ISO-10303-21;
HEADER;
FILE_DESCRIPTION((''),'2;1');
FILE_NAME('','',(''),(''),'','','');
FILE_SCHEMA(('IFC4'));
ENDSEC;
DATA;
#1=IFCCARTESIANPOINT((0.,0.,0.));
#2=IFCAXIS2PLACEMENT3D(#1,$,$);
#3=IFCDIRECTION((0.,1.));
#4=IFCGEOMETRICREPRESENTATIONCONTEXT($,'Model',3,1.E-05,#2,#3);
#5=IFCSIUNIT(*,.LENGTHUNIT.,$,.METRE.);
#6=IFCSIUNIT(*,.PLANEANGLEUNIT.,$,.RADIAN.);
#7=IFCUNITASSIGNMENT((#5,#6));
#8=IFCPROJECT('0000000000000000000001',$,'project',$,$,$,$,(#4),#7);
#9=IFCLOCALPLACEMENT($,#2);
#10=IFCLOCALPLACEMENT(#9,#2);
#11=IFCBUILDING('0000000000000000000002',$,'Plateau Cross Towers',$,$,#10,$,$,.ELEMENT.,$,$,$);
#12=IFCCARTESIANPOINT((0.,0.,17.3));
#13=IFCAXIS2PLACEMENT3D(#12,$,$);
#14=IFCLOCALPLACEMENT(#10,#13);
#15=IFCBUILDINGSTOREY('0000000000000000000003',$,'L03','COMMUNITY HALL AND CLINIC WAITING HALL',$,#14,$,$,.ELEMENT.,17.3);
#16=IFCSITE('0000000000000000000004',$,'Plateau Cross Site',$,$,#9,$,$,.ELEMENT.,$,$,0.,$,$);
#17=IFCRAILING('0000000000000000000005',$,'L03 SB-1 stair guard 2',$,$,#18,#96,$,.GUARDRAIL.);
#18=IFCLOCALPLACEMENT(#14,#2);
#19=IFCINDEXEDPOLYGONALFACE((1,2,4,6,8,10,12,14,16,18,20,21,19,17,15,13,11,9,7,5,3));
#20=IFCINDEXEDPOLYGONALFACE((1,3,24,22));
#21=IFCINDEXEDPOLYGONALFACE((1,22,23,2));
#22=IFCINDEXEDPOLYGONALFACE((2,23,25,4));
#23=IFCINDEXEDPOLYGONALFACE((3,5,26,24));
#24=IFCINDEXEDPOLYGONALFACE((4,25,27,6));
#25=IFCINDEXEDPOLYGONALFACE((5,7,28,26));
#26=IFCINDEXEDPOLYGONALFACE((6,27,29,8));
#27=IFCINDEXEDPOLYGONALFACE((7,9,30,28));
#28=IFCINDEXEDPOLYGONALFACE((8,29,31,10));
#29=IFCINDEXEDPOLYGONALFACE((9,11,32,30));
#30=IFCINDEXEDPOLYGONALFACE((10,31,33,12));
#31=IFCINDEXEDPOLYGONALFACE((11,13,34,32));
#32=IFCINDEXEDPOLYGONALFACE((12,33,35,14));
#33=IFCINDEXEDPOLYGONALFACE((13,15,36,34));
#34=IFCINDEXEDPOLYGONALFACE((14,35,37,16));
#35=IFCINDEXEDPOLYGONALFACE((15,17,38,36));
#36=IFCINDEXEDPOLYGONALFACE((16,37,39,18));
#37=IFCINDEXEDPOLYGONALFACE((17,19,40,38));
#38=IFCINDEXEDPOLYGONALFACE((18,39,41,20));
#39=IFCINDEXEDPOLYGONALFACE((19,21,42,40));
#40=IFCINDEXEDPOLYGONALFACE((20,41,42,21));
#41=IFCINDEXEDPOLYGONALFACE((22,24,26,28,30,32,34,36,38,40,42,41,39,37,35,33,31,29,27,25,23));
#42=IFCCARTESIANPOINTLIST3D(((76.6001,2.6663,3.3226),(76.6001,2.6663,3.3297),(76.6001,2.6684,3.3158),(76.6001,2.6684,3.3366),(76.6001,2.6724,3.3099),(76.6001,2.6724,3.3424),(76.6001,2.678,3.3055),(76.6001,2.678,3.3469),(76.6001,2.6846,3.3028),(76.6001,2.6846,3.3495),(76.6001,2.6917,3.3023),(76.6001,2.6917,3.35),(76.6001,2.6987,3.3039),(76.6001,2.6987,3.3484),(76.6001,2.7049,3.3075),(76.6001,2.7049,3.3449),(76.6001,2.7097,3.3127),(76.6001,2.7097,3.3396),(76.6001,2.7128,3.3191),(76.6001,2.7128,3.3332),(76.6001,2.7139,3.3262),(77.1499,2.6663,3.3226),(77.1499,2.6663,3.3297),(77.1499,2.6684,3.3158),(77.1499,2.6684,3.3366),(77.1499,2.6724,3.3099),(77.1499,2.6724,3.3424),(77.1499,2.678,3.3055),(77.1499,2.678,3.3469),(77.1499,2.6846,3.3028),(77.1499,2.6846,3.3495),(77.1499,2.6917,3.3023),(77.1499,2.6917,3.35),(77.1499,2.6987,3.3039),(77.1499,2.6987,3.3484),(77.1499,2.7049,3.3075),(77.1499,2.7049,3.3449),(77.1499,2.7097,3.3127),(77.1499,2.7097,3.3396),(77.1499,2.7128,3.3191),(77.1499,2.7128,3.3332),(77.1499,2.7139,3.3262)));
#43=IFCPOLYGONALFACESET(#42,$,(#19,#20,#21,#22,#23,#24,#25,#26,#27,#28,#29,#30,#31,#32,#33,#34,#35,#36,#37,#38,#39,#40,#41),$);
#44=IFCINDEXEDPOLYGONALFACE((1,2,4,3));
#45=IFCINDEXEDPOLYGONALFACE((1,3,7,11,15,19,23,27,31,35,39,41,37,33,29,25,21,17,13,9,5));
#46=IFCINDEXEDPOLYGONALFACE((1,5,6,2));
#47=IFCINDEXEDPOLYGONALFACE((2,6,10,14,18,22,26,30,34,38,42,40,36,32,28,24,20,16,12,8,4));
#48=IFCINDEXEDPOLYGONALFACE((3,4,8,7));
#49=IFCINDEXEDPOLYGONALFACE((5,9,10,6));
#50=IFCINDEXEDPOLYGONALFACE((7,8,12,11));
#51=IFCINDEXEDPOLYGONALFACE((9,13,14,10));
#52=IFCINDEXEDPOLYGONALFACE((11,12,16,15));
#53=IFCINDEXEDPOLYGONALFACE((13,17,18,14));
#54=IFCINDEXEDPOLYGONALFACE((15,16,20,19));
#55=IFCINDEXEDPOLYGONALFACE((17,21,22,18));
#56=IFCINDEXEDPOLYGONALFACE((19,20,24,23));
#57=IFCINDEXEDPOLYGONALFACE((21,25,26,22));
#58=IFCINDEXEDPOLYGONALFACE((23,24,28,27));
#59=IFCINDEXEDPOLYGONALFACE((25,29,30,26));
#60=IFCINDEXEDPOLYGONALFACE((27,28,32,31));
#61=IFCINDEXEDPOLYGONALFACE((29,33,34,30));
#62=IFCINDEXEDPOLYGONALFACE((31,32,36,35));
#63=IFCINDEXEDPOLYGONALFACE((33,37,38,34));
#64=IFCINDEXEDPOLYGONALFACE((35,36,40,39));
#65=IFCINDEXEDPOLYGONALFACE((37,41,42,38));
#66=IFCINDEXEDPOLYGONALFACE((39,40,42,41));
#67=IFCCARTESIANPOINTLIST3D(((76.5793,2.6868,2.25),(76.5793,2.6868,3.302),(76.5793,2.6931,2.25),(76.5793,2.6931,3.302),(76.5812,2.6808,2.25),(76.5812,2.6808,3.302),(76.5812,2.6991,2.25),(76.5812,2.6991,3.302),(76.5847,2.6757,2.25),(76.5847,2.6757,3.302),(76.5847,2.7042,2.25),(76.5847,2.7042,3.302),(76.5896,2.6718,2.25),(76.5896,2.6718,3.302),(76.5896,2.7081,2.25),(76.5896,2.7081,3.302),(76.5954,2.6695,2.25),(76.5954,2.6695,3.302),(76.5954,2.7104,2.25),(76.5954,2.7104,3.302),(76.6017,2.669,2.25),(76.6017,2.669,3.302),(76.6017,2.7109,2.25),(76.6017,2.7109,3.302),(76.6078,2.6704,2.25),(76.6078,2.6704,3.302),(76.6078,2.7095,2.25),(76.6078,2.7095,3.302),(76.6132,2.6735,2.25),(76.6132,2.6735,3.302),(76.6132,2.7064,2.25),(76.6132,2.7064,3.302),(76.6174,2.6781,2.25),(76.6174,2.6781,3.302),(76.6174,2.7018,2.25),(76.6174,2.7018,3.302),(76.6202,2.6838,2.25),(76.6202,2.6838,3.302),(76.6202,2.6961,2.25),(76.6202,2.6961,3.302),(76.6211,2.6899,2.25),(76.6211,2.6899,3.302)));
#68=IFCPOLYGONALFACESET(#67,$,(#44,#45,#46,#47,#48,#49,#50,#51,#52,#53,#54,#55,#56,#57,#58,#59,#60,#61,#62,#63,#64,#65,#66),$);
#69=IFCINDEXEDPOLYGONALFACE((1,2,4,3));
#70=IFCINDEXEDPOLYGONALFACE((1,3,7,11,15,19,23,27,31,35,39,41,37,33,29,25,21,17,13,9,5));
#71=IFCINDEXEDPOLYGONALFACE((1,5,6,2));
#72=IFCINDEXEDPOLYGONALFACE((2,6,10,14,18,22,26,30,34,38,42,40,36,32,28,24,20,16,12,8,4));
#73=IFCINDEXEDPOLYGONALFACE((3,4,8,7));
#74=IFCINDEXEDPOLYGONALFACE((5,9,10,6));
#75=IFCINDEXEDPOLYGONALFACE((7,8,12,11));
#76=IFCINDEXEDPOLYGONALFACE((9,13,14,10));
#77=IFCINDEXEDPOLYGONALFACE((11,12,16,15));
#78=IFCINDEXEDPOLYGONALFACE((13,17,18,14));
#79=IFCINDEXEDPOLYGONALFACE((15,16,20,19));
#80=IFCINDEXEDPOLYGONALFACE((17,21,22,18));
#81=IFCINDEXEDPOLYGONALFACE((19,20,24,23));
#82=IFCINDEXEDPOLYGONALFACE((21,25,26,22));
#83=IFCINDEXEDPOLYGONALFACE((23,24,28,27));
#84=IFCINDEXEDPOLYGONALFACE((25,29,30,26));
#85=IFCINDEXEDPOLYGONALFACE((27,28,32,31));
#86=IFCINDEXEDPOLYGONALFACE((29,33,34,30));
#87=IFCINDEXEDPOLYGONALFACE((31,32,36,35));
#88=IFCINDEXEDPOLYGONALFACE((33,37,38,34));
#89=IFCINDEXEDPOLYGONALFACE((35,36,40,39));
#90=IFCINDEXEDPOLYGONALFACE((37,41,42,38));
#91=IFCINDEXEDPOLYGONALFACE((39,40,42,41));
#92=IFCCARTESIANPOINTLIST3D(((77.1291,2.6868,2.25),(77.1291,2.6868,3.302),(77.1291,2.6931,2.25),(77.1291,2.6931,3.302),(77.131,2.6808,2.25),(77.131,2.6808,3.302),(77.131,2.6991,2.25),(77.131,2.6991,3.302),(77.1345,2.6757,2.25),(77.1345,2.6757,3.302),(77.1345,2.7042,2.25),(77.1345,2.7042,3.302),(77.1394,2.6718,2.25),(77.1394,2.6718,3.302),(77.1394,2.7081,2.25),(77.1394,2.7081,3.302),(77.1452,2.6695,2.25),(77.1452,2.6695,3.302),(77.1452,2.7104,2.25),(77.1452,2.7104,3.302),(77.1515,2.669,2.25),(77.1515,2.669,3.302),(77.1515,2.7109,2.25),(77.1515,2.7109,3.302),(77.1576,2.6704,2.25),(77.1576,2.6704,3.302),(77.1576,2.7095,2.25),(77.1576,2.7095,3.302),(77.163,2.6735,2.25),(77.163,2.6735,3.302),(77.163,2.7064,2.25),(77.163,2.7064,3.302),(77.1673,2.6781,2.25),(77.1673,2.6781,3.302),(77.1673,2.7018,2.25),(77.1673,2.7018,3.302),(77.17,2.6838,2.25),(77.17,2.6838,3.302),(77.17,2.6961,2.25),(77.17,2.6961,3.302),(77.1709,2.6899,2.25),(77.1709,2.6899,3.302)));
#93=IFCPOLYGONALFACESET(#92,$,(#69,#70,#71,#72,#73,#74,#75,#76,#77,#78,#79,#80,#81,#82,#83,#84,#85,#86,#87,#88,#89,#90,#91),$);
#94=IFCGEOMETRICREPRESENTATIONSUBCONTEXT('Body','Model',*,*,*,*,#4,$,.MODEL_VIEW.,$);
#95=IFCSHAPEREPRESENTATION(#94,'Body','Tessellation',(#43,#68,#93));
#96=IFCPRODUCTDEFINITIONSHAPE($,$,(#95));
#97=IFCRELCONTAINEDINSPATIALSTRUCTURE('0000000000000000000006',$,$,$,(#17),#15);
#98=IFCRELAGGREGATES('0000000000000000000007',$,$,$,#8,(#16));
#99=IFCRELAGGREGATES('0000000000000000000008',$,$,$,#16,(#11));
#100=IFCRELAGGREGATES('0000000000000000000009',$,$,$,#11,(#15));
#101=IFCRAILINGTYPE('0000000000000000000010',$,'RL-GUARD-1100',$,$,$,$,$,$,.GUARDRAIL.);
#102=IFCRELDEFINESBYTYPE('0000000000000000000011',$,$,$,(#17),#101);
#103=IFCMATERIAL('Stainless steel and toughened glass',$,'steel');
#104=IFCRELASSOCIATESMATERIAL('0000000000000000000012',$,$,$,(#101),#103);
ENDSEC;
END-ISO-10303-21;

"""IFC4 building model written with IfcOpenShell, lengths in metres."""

from ifc_helpers import new_model, si_unit, direction, frame, origin, origin_2d, place, context, subcontext, project, spatial, circle, extrude, material, type_object, element, save


model = new_model("IFC4")

# Units and contexts
model_context = context("Model", 3, precision=1e-05, world=origin(), true_north=direction((0.0, 1.0)))
body_context = subcontext(model_context, "Body", "Model", "MODEL_VIEW")
ifc_project = project(units=[si_unit("LENGTHUNIT", "METRE"), si_unit("PLANEANGLEUNIT", "RADIAN")], contexts=[model_context])

# Site, building, storey
site_placement = place(None, origin())
site = spatial("IfcSite", under=ifc_project, at=site_placement, Name="Plateau Cross Site", CompositionType="ELEMENT", RefElevation=0.0)
building_placement = place(site_placement, origin())
building = spatial("IfcBuilding", under=site, at=building_placement, Name="Plateau Cross Towers", CompositionType="ELEMENT")
storey_placement = place(building_placement, frame((0.0, 0.0, 17.3)))
storey = spatial("IfcBuildingStorey", under=building, at=storey_placement, Name="L03", Description="COMMUNITY HALL AND CLINIC WAITING HALL", CompositionType="ELEMENT", Elevation=17.3)

# Railing
ifc_material_1 = material(Name="Stainless steel and toughened glass", Category="steel")
railing_type_1 = type_object("IfcRailingType", Name="RL-GUARD-1100", PredefinedType="GUARDRAIL", material=ifc_material_1)
railing_1_placement = place(storey_placement, frame((76.6001, 2.6899, 2.25)))
element("IfcRailing", 1, at=railing_1_placement, inside=storey, type_object=railing_type_1, Name="L03 SB-1 stair guard 2", PredefinedType="GUARDRAIL", context=body_context, shape_type="SweptSolid", body=[
    extrude(circle(Radius=0.0239, at=origin_2d()), frame((0.0, 0.0, 1.0762), z_axis=(1.0, 0.0, 0.0), x_axis=(0.0, 1.0, 0.0)), (0.0, 0.0, 1.0), 0.5498),
    extrude(circle(Radius=0.021, at=origin_2d()), origin(), (0.0, 0.0, 1.0), 1.052),
    extrude(circle(Radius=0.021, at=origin_2d()), frame((0.5498, 0.0, 0.0)), (0.0, 0.0, 1.0), 1.052),
])

save(model, "model.ifc")
